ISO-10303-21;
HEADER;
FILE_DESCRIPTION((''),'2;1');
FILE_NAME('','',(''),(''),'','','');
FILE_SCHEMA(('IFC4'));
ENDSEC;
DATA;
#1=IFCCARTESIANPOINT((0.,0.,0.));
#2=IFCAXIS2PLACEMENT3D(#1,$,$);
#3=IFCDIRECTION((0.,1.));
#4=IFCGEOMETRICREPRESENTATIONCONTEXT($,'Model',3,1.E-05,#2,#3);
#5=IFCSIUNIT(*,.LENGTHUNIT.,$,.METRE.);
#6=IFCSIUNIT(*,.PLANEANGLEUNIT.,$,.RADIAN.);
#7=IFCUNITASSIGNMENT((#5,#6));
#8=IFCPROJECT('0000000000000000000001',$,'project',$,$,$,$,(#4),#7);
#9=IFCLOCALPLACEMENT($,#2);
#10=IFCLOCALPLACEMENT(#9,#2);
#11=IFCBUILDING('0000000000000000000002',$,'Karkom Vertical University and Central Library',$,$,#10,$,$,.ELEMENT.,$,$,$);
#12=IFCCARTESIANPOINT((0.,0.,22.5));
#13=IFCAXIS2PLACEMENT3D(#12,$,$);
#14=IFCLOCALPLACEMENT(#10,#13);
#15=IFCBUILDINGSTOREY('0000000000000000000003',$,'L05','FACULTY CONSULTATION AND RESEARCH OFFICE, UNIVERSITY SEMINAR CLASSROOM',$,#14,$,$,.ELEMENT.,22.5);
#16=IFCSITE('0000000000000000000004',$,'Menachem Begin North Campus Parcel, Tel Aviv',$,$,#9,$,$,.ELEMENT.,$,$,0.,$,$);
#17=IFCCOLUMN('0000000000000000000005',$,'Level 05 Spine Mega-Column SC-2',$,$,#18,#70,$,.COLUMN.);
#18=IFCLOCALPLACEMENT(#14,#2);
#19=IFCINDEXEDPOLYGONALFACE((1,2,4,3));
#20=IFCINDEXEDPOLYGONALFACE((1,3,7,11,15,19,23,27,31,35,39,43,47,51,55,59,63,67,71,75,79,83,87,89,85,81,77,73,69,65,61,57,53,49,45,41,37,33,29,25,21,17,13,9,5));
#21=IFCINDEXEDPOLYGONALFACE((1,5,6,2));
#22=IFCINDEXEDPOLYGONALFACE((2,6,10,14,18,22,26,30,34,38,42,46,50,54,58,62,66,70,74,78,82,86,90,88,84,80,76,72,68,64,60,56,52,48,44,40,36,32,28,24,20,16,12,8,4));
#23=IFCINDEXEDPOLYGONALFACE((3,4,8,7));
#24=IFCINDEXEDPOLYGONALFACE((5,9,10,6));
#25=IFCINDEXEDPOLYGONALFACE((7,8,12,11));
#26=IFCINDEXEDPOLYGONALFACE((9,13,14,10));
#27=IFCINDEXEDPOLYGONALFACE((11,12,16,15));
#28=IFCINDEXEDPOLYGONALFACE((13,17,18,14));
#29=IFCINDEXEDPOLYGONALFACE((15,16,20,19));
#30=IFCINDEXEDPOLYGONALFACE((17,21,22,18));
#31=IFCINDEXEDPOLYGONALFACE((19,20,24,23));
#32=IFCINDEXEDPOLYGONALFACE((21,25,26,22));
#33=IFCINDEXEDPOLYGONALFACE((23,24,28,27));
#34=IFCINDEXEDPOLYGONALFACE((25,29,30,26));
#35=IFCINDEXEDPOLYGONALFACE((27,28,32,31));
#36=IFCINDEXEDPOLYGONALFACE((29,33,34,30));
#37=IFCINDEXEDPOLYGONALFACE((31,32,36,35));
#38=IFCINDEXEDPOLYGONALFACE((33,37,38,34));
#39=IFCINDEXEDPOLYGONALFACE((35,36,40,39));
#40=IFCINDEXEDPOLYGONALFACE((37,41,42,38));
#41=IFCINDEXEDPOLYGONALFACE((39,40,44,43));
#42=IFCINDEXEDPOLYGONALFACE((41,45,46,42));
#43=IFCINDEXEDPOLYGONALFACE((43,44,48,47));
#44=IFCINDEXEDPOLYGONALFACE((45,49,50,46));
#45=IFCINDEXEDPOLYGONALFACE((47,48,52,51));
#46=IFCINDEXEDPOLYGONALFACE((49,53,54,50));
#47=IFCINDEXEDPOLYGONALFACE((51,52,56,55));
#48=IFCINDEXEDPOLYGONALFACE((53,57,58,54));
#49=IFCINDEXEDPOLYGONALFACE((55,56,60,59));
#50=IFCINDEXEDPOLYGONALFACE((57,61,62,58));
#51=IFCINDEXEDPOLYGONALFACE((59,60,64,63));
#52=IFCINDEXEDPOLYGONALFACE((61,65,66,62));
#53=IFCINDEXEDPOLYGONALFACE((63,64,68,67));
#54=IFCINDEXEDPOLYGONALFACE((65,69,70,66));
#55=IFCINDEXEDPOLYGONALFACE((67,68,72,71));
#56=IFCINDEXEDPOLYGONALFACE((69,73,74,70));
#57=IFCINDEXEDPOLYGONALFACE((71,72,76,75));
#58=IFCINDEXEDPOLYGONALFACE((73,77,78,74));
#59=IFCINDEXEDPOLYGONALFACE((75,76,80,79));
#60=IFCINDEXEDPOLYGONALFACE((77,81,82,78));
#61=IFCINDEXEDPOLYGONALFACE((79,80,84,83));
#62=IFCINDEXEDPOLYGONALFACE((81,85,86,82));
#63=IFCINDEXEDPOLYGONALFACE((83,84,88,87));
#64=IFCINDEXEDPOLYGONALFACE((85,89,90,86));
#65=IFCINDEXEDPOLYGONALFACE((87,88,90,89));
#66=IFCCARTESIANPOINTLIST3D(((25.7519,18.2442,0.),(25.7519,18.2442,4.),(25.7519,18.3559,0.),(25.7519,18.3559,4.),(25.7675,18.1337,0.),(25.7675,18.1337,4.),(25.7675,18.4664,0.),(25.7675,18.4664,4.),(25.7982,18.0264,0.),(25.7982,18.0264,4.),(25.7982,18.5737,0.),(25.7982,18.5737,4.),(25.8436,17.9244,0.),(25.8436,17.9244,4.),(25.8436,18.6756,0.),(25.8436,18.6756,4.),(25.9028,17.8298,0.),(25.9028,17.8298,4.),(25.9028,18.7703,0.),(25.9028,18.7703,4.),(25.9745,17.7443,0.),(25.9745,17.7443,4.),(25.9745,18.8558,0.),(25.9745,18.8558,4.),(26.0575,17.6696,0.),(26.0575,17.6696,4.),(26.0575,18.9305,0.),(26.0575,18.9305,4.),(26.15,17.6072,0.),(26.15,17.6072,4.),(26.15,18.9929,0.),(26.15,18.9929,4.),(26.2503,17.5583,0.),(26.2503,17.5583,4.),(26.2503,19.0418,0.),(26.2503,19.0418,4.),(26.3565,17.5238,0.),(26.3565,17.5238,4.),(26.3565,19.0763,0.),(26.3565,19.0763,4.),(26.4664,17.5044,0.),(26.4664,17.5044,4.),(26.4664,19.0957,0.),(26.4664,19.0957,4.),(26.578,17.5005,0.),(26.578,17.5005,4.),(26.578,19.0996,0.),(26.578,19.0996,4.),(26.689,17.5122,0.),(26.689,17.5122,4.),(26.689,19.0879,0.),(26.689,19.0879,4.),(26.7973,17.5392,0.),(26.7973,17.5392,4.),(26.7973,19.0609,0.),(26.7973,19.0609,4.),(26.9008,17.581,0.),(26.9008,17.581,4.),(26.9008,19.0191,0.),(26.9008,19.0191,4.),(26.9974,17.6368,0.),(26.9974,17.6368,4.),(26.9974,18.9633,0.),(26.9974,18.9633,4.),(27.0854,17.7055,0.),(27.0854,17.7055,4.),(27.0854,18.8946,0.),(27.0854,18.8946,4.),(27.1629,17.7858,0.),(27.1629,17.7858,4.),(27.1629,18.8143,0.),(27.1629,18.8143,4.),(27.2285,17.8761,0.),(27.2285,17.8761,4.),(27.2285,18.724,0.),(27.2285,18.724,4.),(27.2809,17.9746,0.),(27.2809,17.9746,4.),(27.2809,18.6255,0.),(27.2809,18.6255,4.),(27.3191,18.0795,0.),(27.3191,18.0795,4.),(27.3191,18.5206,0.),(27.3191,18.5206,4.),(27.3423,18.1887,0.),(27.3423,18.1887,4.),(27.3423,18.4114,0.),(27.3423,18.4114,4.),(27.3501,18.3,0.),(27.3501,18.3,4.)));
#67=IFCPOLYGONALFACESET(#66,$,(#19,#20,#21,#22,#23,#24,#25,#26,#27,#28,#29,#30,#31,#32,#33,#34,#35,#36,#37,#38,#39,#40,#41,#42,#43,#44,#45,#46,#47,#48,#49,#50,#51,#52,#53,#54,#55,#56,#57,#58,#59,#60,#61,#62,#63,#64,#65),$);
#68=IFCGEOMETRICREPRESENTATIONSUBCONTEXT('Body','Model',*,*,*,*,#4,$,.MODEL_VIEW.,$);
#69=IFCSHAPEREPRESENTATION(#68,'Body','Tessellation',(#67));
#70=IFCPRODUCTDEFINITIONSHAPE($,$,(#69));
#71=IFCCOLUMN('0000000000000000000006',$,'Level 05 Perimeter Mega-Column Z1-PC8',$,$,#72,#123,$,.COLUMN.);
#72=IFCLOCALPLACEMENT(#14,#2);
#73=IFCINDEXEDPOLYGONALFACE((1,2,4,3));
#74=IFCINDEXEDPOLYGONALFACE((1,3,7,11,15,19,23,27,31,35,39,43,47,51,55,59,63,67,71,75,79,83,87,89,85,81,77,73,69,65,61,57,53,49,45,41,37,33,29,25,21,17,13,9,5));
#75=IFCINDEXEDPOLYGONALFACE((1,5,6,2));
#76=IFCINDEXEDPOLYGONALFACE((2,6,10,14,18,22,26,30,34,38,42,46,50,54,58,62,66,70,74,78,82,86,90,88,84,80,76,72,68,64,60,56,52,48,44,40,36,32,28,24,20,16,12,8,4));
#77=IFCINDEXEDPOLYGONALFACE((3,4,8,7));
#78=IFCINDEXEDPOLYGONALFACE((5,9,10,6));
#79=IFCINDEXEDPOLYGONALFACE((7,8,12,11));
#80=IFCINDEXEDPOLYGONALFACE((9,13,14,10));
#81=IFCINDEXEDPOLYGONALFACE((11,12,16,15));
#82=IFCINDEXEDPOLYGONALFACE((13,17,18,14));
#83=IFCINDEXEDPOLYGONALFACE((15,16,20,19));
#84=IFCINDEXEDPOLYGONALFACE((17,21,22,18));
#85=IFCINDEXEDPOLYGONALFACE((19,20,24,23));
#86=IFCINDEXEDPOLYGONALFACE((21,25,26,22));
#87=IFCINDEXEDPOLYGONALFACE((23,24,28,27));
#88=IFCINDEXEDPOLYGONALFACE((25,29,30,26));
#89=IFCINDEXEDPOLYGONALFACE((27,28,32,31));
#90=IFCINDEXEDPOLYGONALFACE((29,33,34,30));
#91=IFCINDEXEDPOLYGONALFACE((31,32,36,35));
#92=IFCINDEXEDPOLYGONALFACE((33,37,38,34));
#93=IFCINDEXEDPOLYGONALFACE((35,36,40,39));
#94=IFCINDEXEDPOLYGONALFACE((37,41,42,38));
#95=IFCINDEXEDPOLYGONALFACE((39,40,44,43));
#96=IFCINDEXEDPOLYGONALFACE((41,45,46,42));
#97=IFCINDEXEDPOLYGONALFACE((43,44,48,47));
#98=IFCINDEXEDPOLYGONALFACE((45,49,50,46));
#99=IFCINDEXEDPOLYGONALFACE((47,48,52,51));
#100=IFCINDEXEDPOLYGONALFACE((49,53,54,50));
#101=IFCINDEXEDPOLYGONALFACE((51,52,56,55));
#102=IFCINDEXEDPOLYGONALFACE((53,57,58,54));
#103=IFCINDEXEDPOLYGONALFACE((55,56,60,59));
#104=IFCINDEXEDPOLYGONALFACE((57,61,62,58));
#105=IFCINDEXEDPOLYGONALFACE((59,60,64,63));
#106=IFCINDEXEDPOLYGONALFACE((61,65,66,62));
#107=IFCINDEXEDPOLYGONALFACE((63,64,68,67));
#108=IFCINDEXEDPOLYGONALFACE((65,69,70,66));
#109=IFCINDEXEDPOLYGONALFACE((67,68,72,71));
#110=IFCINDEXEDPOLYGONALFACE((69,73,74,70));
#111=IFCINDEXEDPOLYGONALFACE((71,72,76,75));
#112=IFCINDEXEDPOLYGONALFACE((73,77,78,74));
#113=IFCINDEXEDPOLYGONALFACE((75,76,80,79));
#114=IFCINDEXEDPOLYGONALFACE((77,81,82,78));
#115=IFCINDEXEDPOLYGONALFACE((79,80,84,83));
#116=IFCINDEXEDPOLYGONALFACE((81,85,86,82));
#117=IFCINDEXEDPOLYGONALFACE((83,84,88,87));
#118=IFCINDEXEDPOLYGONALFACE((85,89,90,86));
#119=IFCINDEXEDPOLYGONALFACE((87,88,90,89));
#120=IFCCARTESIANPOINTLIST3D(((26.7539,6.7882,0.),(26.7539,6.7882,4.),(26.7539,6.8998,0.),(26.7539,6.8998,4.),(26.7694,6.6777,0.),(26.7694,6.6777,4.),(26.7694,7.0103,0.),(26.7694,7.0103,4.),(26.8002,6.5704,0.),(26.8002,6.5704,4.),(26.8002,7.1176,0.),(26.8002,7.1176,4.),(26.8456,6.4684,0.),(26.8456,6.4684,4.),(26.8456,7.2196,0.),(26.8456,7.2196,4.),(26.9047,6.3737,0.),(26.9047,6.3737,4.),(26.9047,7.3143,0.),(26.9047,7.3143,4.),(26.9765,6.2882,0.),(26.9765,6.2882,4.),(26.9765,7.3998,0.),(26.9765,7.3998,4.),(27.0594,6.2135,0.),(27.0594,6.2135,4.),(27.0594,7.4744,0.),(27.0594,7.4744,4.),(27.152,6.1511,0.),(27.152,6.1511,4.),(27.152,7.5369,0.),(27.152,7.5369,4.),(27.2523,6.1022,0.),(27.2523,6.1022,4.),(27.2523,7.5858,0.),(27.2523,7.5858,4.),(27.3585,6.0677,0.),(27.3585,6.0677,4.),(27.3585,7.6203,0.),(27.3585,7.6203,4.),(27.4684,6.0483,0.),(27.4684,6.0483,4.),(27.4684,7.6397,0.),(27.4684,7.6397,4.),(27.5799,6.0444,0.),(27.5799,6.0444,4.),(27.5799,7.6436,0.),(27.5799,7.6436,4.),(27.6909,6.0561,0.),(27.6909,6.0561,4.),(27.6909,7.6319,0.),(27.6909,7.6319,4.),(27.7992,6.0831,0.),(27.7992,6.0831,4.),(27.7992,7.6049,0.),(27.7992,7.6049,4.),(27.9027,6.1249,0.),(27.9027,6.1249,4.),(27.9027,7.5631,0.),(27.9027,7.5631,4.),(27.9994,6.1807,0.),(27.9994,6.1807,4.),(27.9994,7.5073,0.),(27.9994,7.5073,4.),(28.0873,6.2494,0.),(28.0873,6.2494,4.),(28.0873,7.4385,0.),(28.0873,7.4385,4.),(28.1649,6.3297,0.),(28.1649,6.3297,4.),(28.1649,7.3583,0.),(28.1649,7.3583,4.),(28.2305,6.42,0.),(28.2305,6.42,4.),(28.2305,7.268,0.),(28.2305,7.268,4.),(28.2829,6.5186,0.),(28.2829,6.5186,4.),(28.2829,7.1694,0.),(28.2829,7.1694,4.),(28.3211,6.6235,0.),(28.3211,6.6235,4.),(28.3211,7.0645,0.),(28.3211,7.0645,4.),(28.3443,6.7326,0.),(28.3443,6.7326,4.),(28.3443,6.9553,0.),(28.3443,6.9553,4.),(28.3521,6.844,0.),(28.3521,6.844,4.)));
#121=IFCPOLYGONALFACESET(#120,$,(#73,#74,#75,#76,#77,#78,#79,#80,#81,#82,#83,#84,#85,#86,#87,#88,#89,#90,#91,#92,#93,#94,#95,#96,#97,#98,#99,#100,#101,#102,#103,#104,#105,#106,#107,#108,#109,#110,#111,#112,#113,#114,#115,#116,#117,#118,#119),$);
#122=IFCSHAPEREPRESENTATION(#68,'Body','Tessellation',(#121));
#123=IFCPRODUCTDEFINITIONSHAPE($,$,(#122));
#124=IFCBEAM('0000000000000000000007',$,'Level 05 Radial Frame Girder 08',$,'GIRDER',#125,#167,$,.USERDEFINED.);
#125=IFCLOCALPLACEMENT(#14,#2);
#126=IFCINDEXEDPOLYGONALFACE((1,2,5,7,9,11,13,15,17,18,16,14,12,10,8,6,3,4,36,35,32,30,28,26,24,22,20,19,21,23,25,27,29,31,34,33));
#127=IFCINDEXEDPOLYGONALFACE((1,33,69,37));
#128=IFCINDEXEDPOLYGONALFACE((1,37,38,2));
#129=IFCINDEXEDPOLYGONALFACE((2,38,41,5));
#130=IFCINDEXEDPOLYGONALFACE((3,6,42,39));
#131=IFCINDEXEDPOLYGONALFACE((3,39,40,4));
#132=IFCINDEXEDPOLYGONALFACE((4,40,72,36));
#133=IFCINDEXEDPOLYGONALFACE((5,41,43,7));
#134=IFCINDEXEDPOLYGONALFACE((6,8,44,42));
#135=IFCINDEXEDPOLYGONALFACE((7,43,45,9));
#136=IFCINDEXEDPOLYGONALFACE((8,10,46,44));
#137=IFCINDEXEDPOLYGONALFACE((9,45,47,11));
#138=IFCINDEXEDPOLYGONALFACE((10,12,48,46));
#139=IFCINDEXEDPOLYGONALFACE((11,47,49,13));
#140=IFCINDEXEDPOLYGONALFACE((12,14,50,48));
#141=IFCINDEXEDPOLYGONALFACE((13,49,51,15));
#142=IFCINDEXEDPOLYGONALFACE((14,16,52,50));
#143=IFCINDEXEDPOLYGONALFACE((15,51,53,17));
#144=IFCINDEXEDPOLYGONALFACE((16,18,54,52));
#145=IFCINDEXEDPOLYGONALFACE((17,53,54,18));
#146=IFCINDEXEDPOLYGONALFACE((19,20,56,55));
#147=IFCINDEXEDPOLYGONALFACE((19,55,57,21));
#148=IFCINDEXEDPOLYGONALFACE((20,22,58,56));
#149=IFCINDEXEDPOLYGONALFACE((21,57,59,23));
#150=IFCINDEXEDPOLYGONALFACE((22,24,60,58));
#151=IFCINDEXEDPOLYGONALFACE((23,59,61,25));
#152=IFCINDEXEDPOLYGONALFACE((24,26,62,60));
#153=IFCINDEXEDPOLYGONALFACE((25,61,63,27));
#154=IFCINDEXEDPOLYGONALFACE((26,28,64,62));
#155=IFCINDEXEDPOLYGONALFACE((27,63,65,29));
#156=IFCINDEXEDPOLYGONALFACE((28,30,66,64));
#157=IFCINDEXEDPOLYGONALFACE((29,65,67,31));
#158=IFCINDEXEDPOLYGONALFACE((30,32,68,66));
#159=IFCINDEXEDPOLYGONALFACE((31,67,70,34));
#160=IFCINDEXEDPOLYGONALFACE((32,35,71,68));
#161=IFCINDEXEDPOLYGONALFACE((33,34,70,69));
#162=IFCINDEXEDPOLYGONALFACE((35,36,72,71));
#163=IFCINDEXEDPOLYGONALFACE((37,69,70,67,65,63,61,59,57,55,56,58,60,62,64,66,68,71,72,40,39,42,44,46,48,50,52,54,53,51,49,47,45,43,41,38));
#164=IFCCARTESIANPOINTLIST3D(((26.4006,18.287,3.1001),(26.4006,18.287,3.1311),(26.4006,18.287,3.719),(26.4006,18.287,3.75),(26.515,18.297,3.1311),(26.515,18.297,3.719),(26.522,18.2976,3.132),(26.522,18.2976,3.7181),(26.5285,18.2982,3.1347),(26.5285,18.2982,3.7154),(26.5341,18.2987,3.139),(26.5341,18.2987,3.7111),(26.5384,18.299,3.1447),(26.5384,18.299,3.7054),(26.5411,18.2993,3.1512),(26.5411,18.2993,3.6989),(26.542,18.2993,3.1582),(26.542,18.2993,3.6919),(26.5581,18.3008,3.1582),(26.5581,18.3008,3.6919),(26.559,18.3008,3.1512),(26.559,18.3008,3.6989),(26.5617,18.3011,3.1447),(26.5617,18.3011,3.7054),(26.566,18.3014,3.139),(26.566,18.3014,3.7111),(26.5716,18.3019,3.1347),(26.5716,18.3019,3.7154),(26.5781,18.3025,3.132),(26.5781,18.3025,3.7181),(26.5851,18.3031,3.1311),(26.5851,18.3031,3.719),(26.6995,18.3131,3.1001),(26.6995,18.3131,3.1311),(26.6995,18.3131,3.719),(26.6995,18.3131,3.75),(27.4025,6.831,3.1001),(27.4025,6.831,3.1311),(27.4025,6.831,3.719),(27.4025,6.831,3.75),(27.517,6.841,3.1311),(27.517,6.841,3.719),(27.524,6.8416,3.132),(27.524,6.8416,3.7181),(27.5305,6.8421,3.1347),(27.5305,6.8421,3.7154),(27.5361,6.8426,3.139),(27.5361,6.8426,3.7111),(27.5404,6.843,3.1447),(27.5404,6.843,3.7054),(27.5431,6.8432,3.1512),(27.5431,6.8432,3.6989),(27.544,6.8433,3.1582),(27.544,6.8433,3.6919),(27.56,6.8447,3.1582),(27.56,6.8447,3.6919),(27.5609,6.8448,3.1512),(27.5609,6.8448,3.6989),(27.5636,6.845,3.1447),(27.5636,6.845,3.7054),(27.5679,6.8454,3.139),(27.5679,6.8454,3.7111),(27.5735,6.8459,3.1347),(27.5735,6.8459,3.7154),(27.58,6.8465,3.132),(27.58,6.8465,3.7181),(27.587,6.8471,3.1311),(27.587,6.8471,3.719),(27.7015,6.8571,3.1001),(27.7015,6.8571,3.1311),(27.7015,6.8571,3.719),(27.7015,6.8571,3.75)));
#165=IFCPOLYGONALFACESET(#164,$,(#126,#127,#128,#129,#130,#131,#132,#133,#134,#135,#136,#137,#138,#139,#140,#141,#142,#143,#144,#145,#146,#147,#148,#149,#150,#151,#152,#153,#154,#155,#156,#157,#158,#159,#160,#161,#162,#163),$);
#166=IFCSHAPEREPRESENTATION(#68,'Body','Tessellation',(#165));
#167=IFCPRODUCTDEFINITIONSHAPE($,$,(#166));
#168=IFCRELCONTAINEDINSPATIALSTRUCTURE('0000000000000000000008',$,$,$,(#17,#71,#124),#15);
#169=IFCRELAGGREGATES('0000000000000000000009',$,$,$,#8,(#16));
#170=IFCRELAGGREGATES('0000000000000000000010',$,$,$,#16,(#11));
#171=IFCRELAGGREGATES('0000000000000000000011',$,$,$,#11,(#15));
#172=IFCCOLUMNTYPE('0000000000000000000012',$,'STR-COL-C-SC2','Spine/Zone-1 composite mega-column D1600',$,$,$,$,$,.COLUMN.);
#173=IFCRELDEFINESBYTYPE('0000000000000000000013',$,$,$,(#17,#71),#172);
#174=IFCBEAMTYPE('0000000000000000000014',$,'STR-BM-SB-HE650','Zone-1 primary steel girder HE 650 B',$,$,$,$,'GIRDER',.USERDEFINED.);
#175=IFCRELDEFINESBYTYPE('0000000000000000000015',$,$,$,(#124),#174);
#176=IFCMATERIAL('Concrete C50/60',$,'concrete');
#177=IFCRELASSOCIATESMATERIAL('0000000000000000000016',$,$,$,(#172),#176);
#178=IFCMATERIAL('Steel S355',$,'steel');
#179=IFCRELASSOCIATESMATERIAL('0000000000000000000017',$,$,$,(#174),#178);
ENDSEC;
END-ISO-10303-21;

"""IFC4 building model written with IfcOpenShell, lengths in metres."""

from ifc_helpers import new_model, si_unit, direction, frame, origin, origin_with_axes, origin_2d, place, context, subcontext, project, spatial, circle, i_section, extrude, source, transform, mapped, material, material_profile, profile_set, type_object, element, save


model = new_model("IFC4")

# Units and contexts
model_context = context("Model", 3, precision=1e-05, world=origin(), true_north=direction((0.0, 1.0)))
body_context = subcontext(model_context, "Body", "Model", "MODEL_VIEW")
ifc_project = project(units=[si_unit("LENGTHUNIT", "METRE"), si_unit("PLANEANGLEUNIT", "RADIAN")], contexts=[model_context])

# Site, building, storey
site_placement = place(None, origin())
site = spatial("IfcSite", under=ifc_project, at=site_placement, Name="Menachem Begin North Campus Parcel, Tel Aviv", CompositionType="ELEMENT", RefElevation=0.0)
building_placement = place(site_placement, origin())
building = spatial("IfcBuilding", under=site, at=building_placement, Name="Karkom Vertical University and Central Library", CompositionType="ELEMENT")
storey_placement = place(building_placement, frame((0.0, 0.0, 22.5)))
storey = spatial("IfcBuildingStorey", under=building, at=storey_placement, Name="L05", Description="FACULTY CONSULTATION AND RESEARCH OFFICE, UNIVERSITY SEMINAR CLASSROOM", CompositionType="ELEMENT", Elevation=22.5)

# Columns
ifc_material_1 = material(Name="Concrete C50/60", Category="concrete")
ifc_material_profile_1 = material_profile(ifc_material_1, circle(Radius=0.8, at=origin_2d()), Name="CFT-D1600")
ifc_profile_set_1 = profile_set([ifc_material_profile_1], Name="Concrete C50/60")
column_type = type_object("IfcColumnType", Name="STR-COL-C-SC2", Description="Spine/Zone-1 composite mega-column D1600", PredefinedType="COLUMN", material=ifc_profile_set_1)
shared_shape_1 = source(origin_with_axes(), body_context, "Body", "SweptSolid", [
    extrude(circle(Radius=0.8, at=origin_2d()), origin(), (0.0, 0.0, 1.0), 4.0),
])
for number, where, z_axis, x_axis, name in (
    (1, (26.55, 18.3, 0.0), (0.0, 0.0, 1.0), (1.0, 0.0, 0.0), "Level 05 Spine Mega-Column SC-2"),
    (2, (27.552, 6.844, 0.0), (0.0, 0.0, 1.0), (1.0, 0.0, 0.0), "Level 05 Perimeter Mega-Column Z1-PC8"),
):
    element("IfcColumn", number, at=place(storey_placement, frame(where, z_axis=z_axis, x_axis=x_axis)), inside=storey, type_object=column_type, Name=name, PredefinedType="COLUMN", context=body_context, shape_type="MappedRepresentation", body=[
        mapped(shared_shape_1, transform((0.0, 0.0, 0.0), scale=1.0)),
    ])

# Beam
ifc_material_2 = material(Name="Steel S355", Category="steel")
ifc_material_profile_2 = material_profile(ifc_material_2, i_section(OverallWidth=0.3, OverallDepth=0.6499, WebThickness=0.0161, FlangeThickness=0.031, FilletRadius=0.0271, at=origin_2d()), Name="HE 650 B")
ifc_profile_set_2 = profile_set([ifc_material_profile_2], Name="Steel S355")
beam_type_1 = type_object("IfcBeamType", Name="STR-BM-SB-HE650", Description="Zone-1 primary steel girder HE 650 B", ElementType="GIRDER", PredefinedType="USERDEFINED", material=ifc_profile_set_2)
shared_shape_2 = source(origin_with_axes(), body_context, "Body", "SweptSolid", [
    extrude(i_section(OverallWidth=0.3, OverallDepth=0.6499, WebThickness=0.0161, FlangeThickness=0.031, FilletRadius=0.0271, at=origin_2d()), origin(), (0.0, 0.0, 1.0), 11.4998),
])
beam_1_placement = place(storey_placement, frame((26.55, 18.3, 3.425), z_axis=(0.087128, -0.996197, 0.0), x_axis=(0.996197, 0.087128, 0.0)))
element("IfcBeam", 3, at=beam_1_placement, inside=storey, type_object=beam_type_1, Name="Level 05 Radial Frame Girder 08", ObjectType="GIRDER", PredefinedType="USERDEFINED", context=body_context, shape_type="MappedRepresentation", body=[
    mapped(shared_shape_2, transform((0.0, 0.0, 0.0), scale=1.0)),
])

save(model, "model.ifc")
